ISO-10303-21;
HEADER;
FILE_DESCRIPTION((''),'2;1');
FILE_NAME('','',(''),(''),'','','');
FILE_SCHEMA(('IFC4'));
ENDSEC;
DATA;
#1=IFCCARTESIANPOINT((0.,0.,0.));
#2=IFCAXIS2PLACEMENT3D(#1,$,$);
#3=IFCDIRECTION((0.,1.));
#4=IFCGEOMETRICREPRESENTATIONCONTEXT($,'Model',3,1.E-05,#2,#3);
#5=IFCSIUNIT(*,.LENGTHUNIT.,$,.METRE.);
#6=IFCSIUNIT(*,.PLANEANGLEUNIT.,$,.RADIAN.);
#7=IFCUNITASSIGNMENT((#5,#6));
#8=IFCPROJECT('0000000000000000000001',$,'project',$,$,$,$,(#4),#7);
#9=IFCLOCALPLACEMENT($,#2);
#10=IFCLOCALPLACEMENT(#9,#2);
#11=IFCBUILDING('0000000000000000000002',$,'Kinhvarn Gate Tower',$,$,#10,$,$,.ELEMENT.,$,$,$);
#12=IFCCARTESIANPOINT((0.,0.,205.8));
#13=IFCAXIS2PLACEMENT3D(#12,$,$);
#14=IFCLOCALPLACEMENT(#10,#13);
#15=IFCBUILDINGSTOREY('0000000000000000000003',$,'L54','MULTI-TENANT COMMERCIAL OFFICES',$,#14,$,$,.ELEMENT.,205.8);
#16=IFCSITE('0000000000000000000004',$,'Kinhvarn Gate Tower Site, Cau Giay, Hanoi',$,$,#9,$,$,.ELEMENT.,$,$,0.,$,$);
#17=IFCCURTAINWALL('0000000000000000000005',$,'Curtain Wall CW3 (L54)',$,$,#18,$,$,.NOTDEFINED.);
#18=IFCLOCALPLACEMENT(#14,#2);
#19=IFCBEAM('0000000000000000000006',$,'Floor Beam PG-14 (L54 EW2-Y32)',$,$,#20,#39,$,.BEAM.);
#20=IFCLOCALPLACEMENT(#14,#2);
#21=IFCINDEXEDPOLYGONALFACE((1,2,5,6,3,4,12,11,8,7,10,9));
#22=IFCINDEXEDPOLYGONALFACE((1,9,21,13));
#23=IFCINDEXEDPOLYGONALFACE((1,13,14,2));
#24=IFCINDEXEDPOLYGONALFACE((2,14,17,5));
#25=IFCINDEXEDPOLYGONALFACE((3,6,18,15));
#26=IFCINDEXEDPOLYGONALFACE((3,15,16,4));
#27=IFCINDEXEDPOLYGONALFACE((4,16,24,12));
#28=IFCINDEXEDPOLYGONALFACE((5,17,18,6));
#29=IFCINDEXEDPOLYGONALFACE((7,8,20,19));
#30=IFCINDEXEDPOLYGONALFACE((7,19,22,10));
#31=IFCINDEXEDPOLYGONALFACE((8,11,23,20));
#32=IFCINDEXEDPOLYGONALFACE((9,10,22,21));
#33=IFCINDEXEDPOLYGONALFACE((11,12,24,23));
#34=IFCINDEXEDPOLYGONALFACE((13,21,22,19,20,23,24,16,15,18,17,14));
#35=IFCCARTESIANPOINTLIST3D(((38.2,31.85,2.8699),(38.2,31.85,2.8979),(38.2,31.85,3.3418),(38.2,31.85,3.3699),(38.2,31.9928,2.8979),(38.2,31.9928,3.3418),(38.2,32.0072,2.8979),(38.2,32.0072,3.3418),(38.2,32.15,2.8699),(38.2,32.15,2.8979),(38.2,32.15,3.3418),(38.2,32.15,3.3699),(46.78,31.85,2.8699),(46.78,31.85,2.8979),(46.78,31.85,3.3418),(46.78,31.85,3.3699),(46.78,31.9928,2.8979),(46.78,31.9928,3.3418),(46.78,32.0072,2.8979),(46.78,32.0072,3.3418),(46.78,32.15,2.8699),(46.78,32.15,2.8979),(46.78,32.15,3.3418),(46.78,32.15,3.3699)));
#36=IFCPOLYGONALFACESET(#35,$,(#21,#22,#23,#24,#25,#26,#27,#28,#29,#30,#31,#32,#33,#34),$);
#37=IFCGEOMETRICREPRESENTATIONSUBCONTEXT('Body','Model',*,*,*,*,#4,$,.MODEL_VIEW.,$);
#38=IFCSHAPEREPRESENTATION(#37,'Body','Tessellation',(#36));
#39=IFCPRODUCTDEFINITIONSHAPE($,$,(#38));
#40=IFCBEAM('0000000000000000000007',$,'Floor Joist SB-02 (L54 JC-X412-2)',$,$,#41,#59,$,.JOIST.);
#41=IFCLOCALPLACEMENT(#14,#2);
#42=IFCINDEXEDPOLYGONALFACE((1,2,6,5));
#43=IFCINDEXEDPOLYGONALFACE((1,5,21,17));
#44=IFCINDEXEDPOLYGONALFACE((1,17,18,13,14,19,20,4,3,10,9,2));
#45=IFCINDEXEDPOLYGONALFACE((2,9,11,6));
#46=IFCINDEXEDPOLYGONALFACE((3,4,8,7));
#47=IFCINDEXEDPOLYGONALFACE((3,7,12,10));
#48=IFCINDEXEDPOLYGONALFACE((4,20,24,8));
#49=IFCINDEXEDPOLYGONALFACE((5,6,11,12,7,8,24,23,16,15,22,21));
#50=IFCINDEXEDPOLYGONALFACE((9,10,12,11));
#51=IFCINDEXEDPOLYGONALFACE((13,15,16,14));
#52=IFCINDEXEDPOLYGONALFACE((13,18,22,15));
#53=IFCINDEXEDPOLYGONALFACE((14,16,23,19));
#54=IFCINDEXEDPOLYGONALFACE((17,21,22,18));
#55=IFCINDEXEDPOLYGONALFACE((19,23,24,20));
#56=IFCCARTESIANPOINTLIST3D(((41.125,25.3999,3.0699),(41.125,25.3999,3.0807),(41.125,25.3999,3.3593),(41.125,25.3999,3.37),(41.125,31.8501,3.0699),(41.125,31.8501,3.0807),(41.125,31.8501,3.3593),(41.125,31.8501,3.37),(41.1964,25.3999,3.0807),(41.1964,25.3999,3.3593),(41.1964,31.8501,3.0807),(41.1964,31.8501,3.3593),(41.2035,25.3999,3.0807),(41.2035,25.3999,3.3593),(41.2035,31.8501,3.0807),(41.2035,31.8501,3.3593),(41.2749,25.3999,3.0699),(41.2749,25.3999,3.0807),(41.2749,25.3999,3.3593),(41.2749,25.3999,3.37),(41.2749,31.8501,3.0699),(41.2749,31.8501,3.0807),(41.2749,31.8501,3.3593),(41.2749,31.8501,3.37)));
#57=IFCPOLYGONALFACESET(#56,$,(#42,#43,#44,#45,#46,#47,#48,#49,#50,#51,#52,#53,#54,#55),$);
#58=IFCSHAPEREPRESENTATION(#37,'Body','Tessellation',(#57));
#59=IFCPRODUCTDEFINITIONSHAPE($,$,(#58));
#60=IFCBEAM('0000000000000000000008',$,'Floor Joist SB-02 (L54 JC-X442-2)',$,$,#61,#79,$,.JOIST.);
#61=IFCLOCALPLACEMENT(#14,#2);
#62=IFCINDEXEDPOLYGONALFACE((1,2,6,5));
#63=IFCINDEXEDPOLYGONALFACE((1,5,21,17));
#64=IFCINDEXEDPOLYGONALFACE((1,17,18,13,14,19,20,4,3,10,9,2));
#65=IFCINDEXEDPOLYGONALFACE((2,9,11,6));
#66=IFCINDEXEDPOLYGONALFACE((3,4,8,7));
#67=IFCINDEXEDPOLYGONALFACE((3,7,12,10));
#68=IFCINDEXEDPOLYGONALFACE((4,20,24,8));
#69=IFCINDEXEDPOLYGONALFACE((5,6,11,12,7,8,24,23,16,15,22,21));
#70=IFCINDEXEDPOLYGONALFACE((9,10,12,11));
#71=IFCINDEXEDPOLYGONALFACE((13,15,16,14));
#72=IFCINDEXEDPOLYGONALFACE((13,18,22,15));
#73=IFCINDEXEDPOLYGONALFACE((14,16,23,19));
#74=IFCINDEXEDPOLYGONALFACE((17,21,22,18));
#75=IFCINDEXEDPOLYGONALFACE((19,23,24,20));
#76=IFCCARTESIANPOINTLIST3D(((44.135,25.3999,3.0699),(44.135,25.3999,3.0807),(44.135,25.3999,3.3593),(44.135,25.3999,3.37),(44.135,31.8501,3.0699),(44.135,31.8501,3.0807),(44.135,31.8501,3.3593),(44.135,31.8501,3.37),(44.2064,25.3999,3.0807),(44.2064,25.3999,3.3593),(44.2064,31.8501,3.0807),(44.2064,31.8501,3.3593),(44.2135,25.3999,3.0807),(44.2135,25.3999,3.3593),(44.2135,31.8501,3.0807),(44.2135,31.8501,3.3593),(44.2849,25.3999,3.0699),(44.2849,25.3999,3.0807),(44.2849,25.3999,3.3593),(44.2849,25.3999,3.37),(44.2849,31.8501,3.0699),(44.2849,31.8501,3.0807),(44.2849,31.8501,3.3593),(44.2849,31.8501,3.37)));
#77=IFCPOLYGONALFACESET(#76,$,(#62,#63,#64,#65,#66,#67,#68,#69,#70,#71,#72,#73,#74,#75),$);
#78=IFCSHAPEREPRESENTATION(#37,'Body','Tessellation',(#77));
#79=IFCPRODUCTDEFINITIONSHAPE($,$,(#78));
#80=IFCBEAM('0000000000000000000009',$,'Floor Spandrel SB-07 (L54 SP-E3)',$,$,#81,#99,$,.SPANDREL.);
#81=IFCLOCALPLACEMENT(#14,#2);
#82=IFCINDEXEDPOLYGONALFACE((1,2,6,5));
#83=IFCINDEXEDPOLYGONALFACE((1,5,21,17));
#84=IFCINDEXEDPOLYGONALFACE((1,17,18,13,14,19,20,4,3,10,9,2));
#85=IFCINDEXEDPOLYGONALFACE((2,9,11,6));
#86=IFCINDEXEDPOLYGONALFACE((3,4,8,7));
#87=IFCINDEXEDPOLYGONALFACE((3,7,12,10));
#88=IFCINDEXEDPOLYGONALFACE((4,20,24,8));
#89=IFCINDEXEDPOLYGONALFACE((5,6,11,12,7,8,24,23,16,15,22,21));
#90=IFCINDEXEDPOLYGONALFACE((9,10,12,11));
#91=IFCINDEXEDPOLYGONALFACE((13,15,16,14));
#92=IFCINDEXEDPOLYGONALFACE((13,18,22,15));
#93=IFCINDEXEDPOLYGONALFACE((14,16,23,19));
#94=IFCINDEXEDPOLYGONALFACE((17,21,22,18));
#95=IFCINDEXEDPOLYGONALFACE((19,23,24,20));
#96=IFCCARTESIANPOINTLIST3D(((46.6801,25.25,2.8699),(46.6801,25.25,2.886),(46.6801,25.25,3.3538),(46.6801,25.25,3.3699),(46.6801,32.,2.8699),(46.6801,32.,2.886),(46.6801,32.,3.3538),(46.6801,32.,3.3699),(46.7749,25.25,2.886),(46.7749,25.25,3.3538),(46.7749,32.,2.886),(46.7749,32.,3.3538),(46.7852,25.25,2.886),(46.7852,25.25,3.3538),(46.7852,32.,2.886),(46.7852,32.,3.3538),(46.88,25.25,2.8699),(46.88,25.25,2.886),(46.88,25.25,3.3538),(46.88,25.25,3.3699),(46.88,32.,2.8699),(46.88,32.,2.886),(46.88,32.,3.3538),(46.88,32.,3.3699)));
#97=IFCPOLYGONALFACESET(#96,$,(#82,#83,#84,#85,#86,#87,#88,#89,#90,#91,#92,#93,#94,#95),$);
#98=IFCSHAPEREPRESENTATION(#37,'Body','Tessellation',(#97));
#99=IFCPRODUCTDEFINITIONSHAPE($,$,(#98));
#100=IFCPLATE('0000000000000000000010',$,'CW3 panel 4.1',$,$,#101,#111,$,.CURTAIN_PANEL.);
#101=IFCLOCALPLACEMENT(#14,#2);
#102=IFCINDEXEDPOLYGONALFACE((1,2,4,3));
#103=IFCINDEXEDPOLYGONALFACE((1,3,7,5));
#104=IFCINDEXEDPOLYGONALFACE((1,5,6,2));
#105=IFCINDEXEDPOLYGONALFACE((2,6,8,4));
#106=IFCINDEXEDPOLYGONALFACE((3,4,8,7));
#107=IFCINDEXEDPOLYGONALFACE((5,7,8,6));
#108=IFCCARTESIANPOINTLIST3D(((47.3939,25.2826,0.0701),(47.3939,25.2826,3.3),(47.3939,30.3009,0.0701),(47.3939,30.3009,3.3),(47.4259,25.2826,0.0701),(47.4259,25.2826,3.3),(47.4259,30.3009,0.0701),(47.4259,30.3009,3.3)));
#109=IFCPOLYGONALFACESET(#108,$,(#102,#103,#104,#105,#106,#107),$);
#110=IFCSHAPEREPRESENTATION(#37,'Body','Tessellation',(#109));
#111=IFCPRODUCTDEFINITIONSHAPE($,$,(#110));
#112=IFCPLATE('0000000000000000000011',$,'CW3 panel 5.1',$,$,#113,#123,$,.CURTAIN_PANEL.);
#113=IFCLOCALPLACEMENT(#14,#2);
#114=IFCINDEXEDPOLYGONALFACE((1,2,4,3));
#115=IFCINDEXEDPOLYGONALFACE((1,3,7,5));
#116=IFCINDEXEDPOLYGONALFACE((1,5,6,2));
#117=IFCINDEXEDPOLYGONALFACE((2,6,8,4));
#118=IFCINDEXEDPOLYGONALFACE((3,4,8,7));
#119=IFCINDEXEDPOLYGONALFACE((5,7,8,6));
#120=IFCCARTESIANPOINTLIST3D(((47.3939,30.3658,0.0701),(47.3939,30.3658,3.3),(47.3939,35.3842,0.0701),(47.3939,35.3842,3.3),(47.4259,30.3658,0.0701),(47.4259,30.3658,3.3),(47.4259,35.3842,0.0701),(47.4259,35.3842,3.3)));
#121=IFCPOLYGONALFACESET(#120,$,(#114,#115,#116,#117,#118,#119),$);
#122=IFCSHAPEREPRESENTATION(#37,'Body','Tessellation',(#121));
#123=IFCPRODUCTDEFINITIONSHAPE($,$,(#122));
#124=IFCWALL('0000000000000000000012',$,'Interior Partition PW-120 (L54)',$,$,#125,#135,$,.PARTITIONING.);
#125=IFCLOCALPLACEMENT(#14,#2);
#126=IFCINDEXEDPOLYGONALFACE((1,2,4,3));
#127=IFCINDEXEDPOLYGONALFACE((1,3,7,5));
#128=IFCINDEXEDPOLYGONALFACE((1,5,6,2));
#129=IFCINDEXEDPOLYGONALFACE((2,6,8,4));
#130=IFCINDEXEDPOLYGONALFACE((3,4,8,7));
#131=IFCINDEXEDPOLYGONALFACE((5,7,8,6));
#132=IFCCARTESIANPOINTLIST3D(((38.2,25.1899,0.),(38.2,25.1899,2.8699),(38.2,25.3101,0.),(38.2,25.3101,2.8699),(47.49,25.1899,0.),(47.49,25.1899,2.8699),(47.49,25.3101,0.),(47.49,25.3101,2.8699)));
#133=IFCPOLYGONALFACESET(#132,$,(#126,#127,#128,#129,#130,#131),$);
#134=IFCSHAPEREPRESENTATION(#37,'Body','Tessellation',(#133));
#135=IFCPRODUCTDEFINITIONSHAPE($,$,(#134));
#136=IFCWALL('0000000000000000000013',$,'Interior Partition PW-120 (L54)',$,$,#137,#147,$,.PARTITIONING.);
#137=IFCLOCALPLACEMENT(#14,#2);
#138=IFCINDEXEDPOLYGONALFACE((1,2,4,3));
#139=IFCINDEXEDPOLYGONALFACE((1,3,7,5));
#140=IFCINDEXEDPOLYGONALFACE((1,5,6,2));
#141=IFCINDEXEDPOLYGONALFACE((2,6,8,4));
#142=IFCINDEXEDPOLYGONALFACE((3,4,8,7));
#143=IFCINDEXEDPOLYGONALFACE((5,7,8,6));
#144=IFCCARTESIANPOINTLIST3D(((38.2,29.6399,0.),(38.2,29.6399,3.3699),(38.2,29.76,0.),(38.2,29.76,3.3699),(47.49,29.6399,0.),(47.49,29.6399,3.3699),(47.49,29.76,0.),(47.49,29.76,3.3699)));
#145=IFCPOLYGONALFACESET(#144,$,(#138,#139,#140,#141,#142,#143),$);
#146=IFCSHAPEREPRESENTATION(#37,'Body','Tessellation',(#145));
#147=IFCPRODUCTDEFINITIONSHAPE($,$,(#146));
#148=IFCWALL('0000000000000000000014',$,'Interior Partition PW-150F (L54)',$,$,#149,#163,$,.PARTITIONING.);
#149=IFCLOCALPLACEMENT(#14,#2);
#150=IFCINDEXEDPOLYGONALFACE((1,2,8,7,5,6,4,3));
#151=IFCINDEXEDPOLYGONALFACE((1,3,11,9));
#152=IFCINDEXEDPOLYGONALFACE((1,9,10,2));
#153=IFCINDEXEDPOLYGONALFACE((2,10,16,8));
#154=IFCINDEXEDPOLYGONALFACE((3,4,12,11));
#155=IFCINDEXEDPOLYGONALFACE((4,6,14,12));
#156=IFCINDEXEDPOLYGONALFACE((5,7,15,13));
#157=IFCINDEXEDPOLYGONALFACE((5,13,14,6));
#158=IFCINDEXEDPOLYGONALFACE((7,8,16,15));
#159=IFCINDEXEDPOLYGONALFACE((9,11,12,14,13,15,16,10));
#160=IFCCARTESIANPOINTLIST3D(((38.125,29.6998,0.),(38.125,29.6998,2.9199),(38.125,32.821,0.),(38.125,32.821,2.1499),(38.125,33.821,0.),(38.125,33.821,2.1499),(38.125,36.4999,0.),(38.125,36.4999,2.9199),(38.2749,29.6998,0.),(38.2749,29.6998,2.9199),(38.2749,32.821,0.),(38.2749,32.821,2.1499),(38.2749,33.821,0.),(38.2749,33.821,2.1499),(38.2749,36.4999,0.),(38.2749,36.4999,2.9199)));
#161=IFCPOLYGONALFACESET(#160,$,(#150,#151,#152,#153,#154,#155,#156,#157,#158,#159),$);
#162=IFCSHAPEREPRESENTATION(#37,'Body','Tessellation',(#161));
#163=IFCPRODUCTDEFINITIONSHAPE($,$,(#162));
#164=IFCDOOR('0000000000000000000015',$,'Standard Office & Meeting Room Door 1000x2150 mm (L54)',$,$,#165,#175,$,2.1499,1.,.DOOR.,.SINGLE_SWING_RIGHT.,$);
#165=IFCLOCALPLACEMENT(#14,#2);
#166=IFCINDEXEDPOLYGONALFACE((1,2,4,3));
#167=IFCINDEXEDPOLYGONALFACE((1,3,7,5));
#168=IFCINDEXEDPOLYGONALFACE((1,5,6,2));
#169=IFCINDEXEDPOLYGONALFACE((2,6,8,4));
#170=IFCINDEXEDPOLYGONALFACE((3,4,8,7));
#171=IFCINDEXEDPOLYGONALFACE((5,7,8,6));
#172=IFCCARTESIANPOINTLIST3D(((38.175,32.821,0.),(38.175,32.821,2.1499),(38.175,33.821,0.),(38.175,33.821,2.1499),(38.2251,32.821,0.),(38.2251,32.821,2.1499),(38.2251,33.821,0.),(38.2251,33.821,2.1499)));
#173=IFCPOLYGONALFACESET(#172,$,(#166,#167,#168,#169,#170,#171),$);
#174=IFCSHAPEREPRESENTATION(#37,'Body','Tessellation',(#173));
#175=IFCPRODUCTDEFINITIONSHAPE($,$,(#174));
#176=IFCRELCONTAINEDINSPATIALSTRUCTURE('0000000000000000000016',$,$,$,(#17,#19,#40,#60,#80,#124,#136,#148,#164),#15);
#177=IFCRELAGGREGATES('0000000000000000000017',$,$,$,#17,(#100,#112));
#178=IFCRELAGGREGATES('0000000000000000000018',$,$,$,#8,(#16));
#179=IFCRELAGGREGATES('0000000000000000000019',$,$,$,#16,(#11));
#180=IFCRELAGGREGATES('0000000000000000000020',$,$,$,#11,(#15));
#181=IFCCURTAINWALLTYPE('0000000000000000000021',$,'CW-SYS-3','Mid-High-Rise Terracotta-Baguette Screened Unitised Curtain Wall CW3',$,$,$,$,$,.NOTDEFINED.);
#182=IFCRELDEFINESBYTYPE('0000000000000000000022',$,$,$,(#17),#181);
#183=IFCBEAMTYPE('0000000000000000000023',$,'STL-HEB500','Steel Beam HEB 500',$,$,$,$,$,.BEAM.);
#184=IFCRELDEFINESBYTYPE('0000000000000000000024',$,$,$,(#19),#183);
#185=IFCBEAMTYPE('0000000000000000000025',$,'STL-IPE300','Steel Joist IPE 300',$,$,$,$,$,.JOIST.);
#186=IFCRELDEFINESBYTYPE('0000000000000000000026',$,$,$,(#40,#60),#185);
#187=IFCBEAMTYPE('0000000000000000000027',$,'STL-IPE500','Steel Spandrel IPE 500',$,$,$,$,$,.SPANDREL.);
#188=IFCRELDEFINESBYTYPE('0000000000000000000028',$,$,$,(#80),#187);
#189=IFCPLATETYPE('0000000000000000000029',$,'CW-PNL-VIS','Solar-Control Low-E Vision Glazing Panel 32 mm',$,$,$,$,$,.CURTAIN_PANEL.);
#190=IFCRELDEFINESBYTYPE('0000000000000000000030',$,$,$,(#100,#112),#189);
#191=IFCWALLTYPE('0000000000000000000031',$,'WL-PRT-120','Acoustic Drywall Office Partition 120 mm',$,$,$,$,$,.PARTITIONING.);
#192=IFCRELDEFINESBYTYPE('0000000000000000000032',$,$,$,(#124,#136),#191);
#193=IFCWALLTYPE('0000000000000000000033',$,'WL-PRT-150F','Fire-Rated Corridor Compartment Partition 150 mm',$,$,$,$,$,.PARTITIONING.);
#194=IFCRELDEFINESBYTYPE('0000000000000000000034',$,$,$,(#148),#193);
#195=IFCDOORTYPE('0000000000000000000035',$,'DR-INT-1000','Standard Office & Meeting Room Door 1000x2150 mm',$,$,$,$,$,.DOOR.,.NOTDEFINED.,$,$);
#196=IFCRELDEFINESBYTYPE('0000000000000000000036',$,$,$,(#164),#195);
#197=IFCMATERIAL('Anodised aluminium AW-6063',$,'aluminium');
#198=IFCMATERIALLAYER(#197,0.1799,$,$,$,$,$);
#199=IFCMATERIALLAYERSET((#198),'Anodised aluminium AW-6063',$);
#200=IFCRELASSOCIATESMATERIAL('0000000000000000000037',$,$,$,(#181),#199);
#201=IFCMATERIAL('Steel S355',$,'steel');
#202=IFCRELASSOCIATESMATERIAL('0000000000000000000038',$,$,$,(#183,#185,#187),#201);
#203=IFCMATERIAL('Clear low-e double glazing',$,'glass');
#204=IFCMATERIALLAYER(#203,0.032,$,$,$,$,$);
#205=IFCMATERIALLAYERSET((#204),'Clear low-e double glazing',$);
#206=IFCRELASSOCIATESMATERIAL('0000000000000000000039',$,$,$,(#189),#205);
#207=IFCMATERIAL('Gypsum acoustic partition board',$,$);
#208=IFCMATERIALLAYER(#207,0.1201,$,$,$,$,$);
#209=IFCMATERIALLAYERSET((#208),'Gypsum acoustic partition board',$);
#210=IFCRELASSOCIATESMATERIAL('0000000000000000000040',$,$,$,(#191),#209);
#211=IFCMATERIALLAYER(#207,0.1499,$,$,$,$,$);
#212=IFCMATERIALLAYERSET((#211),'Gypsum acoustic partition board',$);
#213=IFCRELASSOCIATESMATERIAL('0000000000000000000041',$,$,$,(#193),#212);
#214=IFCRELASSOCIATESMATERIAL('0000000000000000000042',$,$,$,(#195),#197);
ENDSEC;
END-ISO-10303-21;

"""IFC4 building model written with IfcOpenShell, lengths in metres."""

from ifc_helpers import new_model, si_unit, direction, frame, frame_2d, origin, origin_2d, place, context, subcontext, project, spatial, rectangle, i_section, extrude, material, layer, layer_set, material_profile, profile_set, type_object, element, fill, aggregate, save


model = new_model("IFC4")

# Units and contexts
model_context = context("Model", 3, precision=1e-05, world=origin(), true_north=direction((0.0, 1.0)))
body_context = subcontext(model_context, "Body", "Model", "MODEL_VIEW")
ifc_project = project(units=[si_unit("LENGTHUNIT", "METRE"), si_unit("PLANEANGLEUNIT", "RADIAN")], contexts=[model_context])

# Site, building, storey
site_placement = place(None, origin())
site = spatial("IfcSite", under=ifc_project, at=site_placement, Name="Kinhvarn Gate Tower Site, Cau Giay, Hanoi", CompositionType="ELEMENT", RefElevation=0.0)
building_placement = place(site_placement, origin())
building = spatial("IfcBuilding", under=site, at=building_placement, Name="Kinhvarn Gate Tower", CompositionType="ELEMENT")
storey_placement = place(building_placement, frame((0.0, 0.0, 205.8)))
storey = spatial("IfcBuildingStorey", under=building, at=storey_placement, Name="L54", Description="MULTI-TENANT COMMERCIAL OFFICES", CompositionType="ELEMENT", Elevation=205.8)

# Curtain wall
ifc_material_1 = material(Name="Anodised aluminium AW-6063", Category="aluminium")
ifc_layer_1 = layer(ifc_material_1, 0.1799)
ifc_layer_set_1 = layer_set([ifc_layer_1], Name="Anodised aluminium AW-6063")
curtain_wall_type = type_object("IfcCurtainWallType", Name="CW-SYS-3", Description="Mid-High-Rise Terracotta-Baguette Screened Unitised Curtain Wall CW3", PredefinedType="NOTDEFINED", material=ifc_layer_set_1)
curtain_wall_placement = place(storey_placement, origin())
curtain_wall = element("IfcCurtainWall", 1, at=curtain_wall_placement, inside=storey, type_object=curtain_wall_type, Name="Curtain Wall CW3 (L54)", PredefinedType="NOTDEFINED")

# Beams
ifc_material_2 = material(Name="Steel S355", Category="steel")
ifc_material_profile_1 = material_profile(ifc_material_2, i_section(OverallWidth=0.3, OverallDepth=0.5, WebThickness=0.0144, FlangeThickness=0.0281, at=origin_2d()), Name="HEB 500")
ifc_profile_set_1 = profile_set([ifc_material_profile_1], Name="Steel S355")
beam_type_1 = type_object("IfcBeamType", Name="STL-HEB500", Description="Steel Beam HEB 500", PredefinedType="BEAM", material=ifc_profile_set_1)
beam_1_placement = place(storey_placement, frame((38.2, 32.0, 3.1199), z_axis=(1.0, 0.0, 0.0), x_axis=(0.0, 1.0, 0.0)))
element("IfcBeam", 2, at=beam_1_placement, inside=storey, type_object=beam_type_1, Name="Floor Beam PG-14 (L54 EW2-Y32)", PredefinedType="BEAM", context=body_context, shape_type="SweptSolid", body=[
    extrude(i_section(OverallWidth=0.3, OverallDepth=0.5, WebThickness=0.0144, FlangeThickness=0.0281, at=origin_2d()), origin(), (0.0, 0.0, 1.0), 8.5801),
])
ifc_material_profile_2 = material_profile(ifc_material_2, i_section(OverallWidth=0.1499, OverallDepth=0.3, WebThickness=0.0071, FlangeThickness=0.0107, at=origin_2d()), Name="IPE 300")
ifc_profile_set_2 = profile_set([ifc_material_profile_2], Name="Steel S355")
beam_type_2 = type_object("IfcBeamType", Name="STL-IPE300", Description="Steel Joist IPE 300", PredefinedType="JOIST", material=ifc_profile_set_2)
for number, where, z_axis, x_axis, name in (
    (3, (41.2, 25.3999, 3.22), (0.0, 1.0, 0.0), (-1.0, 0.0, 0.0), "Floor Joist SB-02 (L54 JC-X412-2)"),
    (4, (44.21, 25.3999, 3.22), (0.0, 1.0, 0.0), (-1.0, 0.0, 0.0), "Floor Joist SB-02 (L54 JC-X442-2)"),
):
    element("IfcBeam", number, at=place(storey_placement, frame(where, z_axis=z_axis, x_axis=x_axis)), inside=storey, type_object=beam_type_2, Name=name, PredefinedType="JOIST", context=body_context, shape_type="SweptSolid", body=[
        extrude(i_section(OverallWidth=0.1499, OverallDepth=0.3, WebThickness=0.0071, FlangeThickness=0.0107, at=origin_2d()), origin(), (0.0, 0.0, 1.0), 6.4502),
    ])
ifc_material_profile_3 = material_profile(ifc_material_2, i_section(OverallWidth=0.2, OverallDepth=0.5, WebThickness=0.0103, FlangeThickness=0.0161, at=origin_2d()), Name="IPE 500")
ifc_profile_set_3 = profile_set([ifc_material_profile_3], Name="Steel S355")
beam_type_3 = type_object("IfcBeamType", Name="STL-IPE500", Description="Steel Spandrel IPE 500", PredefinedType="SPANDREL", material=ifc_profile_set_3)
beam_2_placement = place(storey_placement, frame((46.78, 25.25, 3.1199), z_axis=(0.0, 1.0, 0.0), x_axis=(-1.0, 0.0, 0.0)))
element("IfcBeam", 5, at=beam_2_placement, inside=storey, type_object=beam_type_3, Name="Floor Spandrel SB-07 (L54 SP-E3)", PredefinedType="SPANDREL", context=body_context, shape_type="SweptSolid", body=[
    extrude(i_section(OverallWidth=0.2, OverallDepth=0.5, WebThickness=0.0103, FlangeThickness=0.0161, at=origin_2d()), origin(), (0.0, 0.0, 1.0), 6.75),
])

# Plates
ifc_material_3 = material(Name="Clear low-e double glazing", Category="glass")
ifc_layer_2 = layer(ifc_material_3, 0.032)
ifc_layer_set_2 = layer_set([ifc_layer_2], Name="Clear low-e double glazing")
plate_type = type_object("IfcPlateType", Name="CW-PNL-VIS", Description="Solar-Control Low-E Vision Glazing Panel 32 mm", PredefinedType="CURTAIN_PANEL", material=ifc_layer_set_2)
plate_1_placement = place(storey_placement, frame((47.4099, 27.7917, 0.0701), z_axis=(0.0, 0.0, 1.0), x_axis=(0.0, 1.0, 0.0)))
plate_1 = element("IfcPlate", 6, at=plate_1_placement, type_object=plate_type, Name="CW3 panel 4.1", PredefinedType="CURTAIN_PANEL", context=body_context, shape_type="SweptSolid", body=[
    extrude(rectangle(XDim=5.0183, YDim=0.032, at=origin_2d()), origin(), (0.0, 0.0, 1.0), 3.23),
])
plate_2_placement = place(storey_placement, frame((47.4099, 32.875, 0.0701), z_axis=(0.0, 0.0, 1.0), x_axis=(0.0, 1.0, 0.0)))
plate_2 = element("IfcPlate", 7, at=plate_2_placement, type_object=plate_type, Name="CW3 panel 5.1", PredefinedType="CURTAIN_PANEL", context=body_context, shape_type="SweptSolid", body=[
    extrude(rectangle(XDim=5.0183, YDim=0.032, at=origin_2d()), origin(), (0.0, 0.0, 1.0), 3.23),
])
aggregate(curtain_wall, [plate_1, plate_2])

# Walls
ifc_material_4 = material(Name="Gypsum acoustic partition board")
ifc_layer_3 = layer(ifc_material_4, 0.1201)
ifc_layer_set_3 = layer_set([ifc_layer_3], Name="Gypsum acoustic partition board")
wall_type_1 = type_object("IfcWallType", Name="WL-PRT-120", Description="Acoustic Drywall Office Partition 120 mm", PredefinedType="PARTITIONING", material=ifc_layer_set_3)
wall_1_placement = place(storey_placement, frame((38.2, 25.25, 0.0), z_axis=(0.0, 0.0, 1.0), x_axis=(1.0, 0.0, 0.0)))
element("IfcWall", 8, at=wall_1_placement, inside=storey, type_object=wall_type_1, Name="Interior Partition PW-120 (L54)", PredefinedType="PARTITIONING", context=body_context, shape_type="SweptSolid", body=[
    extrude(rectangle(XDim=9.29, YDim=0.1201, at=frame_2d((4.645, 0.0))), origin(), (0.0, 0.0, 1.0), 2.8699),
])
wall_2_placement = place(storey_placement, frame((38.2, 29.7, 0.0), z_axis=(0.0, 0.0, 1.0), x_axis=(1.0, 0.0, 0.0)))
element("IfcWall", 9, at=wall_2_placement, inside=storey, type_object=wall_type_1, Name="Interior Partition PW-120 (L54)", PredefinedType="PARTITIONING", context=body_context, shape_type="SweptSolid", body=[
    extrude(rectangle(XDim=9.29, YDim=0.1201, at=frame_2d((4.645, 0.0))), origin(), (0.0, 0.0, 1.0), 3.3699),
])

# Wall, opening, door
ifc_layer_4 = layer(ifc_material_4, 0.1499)
ifc_layer_set_4 = layer_set([ifc_layer_4], Name="Gypsum acoustic partition board")
wall_type_2 = type_object("IfcWallType", Name="WL-PRT-150F", Description="Fire-Rated Corridor Compartment Partition 150 mm", PredefinedType="PARTITIONING", material=ifc_layer_set_4)
wall_3_placement = place(storey_placement, frame((38.2, 29.7, 0.0), z_axis=(0.0, 0.0, 1.0), x_axis=(0.0, 1.0, 0.0)))
wall_3 = element("IfcWall", 10, at=wall_3_placement, inside=storey, type_object=wall_type_2, Name="Interior Partition PW-150F (L54)", PredefinedType="PARTITIONING", context=body_context, shape_type="SweptSolid", body=[
    extrude(rectangle(XDim=6.8, YDim=0.1499, at=frame_2d((3.3999, 0.0))), origin(), (0.0, 0.0, 1.0), 2.9199),
])
opening_placement = place(wall_3_placement, frame((3.1211, 0.0, 0.0)))
opening = element("IfcOpeningElement", 11, at=opening_placement, cuts=wall_3, PredefinedType="OPENING", context=body_context, shape_type="SweptSolid", body=[
    extrude(rectangle(XDim=1.0, YDim=2.1499, at=frame_2d((0.5, 1.075))), frame((0.0, 0.085, 0.0), z_axis=(0.0, -1.0, 0.0), x_axis=(1.0, 0.0, 0.0)), (0.0, 0.0, 1.0), 0.1699),
])
door_type = type_object("IfcDoorType", Name="DR-INT-1000", Description="Standard Office & Meeting Room Door 1000x2150 mm", OperationType="NOTDEFINED", PredefinedType="DOOR", material=ifc_material_1)
door_placement = place(opening_placement, origin())
door = element("IfcDoor", 12, at=door_placement, inside=storey, type_object=door_type, Name="Standard Office & Meeting Room Door 1000x2150 mm (L54)", OperationType="SINGLE_SWING_RIGHT", OverallHeight=2.1499, OverallWidth=1.0, PredefinedType="DOOR", context=body_context, shape_type="SweptSolid", body=[
    extrude(rectangle(XDim=1.0, YDim=2.1499, at=frame_2d((0.5, 1.075))), frame((0.0, 0.0249, 0.0), z_axis=(0.0, -1.0, 0.0), x_axis=(1.0, 0.0, 0.0)), (0.0, 0.0, 1.0), 0.05),
])
fill(opening, door)

save(model, "model.ifc")
